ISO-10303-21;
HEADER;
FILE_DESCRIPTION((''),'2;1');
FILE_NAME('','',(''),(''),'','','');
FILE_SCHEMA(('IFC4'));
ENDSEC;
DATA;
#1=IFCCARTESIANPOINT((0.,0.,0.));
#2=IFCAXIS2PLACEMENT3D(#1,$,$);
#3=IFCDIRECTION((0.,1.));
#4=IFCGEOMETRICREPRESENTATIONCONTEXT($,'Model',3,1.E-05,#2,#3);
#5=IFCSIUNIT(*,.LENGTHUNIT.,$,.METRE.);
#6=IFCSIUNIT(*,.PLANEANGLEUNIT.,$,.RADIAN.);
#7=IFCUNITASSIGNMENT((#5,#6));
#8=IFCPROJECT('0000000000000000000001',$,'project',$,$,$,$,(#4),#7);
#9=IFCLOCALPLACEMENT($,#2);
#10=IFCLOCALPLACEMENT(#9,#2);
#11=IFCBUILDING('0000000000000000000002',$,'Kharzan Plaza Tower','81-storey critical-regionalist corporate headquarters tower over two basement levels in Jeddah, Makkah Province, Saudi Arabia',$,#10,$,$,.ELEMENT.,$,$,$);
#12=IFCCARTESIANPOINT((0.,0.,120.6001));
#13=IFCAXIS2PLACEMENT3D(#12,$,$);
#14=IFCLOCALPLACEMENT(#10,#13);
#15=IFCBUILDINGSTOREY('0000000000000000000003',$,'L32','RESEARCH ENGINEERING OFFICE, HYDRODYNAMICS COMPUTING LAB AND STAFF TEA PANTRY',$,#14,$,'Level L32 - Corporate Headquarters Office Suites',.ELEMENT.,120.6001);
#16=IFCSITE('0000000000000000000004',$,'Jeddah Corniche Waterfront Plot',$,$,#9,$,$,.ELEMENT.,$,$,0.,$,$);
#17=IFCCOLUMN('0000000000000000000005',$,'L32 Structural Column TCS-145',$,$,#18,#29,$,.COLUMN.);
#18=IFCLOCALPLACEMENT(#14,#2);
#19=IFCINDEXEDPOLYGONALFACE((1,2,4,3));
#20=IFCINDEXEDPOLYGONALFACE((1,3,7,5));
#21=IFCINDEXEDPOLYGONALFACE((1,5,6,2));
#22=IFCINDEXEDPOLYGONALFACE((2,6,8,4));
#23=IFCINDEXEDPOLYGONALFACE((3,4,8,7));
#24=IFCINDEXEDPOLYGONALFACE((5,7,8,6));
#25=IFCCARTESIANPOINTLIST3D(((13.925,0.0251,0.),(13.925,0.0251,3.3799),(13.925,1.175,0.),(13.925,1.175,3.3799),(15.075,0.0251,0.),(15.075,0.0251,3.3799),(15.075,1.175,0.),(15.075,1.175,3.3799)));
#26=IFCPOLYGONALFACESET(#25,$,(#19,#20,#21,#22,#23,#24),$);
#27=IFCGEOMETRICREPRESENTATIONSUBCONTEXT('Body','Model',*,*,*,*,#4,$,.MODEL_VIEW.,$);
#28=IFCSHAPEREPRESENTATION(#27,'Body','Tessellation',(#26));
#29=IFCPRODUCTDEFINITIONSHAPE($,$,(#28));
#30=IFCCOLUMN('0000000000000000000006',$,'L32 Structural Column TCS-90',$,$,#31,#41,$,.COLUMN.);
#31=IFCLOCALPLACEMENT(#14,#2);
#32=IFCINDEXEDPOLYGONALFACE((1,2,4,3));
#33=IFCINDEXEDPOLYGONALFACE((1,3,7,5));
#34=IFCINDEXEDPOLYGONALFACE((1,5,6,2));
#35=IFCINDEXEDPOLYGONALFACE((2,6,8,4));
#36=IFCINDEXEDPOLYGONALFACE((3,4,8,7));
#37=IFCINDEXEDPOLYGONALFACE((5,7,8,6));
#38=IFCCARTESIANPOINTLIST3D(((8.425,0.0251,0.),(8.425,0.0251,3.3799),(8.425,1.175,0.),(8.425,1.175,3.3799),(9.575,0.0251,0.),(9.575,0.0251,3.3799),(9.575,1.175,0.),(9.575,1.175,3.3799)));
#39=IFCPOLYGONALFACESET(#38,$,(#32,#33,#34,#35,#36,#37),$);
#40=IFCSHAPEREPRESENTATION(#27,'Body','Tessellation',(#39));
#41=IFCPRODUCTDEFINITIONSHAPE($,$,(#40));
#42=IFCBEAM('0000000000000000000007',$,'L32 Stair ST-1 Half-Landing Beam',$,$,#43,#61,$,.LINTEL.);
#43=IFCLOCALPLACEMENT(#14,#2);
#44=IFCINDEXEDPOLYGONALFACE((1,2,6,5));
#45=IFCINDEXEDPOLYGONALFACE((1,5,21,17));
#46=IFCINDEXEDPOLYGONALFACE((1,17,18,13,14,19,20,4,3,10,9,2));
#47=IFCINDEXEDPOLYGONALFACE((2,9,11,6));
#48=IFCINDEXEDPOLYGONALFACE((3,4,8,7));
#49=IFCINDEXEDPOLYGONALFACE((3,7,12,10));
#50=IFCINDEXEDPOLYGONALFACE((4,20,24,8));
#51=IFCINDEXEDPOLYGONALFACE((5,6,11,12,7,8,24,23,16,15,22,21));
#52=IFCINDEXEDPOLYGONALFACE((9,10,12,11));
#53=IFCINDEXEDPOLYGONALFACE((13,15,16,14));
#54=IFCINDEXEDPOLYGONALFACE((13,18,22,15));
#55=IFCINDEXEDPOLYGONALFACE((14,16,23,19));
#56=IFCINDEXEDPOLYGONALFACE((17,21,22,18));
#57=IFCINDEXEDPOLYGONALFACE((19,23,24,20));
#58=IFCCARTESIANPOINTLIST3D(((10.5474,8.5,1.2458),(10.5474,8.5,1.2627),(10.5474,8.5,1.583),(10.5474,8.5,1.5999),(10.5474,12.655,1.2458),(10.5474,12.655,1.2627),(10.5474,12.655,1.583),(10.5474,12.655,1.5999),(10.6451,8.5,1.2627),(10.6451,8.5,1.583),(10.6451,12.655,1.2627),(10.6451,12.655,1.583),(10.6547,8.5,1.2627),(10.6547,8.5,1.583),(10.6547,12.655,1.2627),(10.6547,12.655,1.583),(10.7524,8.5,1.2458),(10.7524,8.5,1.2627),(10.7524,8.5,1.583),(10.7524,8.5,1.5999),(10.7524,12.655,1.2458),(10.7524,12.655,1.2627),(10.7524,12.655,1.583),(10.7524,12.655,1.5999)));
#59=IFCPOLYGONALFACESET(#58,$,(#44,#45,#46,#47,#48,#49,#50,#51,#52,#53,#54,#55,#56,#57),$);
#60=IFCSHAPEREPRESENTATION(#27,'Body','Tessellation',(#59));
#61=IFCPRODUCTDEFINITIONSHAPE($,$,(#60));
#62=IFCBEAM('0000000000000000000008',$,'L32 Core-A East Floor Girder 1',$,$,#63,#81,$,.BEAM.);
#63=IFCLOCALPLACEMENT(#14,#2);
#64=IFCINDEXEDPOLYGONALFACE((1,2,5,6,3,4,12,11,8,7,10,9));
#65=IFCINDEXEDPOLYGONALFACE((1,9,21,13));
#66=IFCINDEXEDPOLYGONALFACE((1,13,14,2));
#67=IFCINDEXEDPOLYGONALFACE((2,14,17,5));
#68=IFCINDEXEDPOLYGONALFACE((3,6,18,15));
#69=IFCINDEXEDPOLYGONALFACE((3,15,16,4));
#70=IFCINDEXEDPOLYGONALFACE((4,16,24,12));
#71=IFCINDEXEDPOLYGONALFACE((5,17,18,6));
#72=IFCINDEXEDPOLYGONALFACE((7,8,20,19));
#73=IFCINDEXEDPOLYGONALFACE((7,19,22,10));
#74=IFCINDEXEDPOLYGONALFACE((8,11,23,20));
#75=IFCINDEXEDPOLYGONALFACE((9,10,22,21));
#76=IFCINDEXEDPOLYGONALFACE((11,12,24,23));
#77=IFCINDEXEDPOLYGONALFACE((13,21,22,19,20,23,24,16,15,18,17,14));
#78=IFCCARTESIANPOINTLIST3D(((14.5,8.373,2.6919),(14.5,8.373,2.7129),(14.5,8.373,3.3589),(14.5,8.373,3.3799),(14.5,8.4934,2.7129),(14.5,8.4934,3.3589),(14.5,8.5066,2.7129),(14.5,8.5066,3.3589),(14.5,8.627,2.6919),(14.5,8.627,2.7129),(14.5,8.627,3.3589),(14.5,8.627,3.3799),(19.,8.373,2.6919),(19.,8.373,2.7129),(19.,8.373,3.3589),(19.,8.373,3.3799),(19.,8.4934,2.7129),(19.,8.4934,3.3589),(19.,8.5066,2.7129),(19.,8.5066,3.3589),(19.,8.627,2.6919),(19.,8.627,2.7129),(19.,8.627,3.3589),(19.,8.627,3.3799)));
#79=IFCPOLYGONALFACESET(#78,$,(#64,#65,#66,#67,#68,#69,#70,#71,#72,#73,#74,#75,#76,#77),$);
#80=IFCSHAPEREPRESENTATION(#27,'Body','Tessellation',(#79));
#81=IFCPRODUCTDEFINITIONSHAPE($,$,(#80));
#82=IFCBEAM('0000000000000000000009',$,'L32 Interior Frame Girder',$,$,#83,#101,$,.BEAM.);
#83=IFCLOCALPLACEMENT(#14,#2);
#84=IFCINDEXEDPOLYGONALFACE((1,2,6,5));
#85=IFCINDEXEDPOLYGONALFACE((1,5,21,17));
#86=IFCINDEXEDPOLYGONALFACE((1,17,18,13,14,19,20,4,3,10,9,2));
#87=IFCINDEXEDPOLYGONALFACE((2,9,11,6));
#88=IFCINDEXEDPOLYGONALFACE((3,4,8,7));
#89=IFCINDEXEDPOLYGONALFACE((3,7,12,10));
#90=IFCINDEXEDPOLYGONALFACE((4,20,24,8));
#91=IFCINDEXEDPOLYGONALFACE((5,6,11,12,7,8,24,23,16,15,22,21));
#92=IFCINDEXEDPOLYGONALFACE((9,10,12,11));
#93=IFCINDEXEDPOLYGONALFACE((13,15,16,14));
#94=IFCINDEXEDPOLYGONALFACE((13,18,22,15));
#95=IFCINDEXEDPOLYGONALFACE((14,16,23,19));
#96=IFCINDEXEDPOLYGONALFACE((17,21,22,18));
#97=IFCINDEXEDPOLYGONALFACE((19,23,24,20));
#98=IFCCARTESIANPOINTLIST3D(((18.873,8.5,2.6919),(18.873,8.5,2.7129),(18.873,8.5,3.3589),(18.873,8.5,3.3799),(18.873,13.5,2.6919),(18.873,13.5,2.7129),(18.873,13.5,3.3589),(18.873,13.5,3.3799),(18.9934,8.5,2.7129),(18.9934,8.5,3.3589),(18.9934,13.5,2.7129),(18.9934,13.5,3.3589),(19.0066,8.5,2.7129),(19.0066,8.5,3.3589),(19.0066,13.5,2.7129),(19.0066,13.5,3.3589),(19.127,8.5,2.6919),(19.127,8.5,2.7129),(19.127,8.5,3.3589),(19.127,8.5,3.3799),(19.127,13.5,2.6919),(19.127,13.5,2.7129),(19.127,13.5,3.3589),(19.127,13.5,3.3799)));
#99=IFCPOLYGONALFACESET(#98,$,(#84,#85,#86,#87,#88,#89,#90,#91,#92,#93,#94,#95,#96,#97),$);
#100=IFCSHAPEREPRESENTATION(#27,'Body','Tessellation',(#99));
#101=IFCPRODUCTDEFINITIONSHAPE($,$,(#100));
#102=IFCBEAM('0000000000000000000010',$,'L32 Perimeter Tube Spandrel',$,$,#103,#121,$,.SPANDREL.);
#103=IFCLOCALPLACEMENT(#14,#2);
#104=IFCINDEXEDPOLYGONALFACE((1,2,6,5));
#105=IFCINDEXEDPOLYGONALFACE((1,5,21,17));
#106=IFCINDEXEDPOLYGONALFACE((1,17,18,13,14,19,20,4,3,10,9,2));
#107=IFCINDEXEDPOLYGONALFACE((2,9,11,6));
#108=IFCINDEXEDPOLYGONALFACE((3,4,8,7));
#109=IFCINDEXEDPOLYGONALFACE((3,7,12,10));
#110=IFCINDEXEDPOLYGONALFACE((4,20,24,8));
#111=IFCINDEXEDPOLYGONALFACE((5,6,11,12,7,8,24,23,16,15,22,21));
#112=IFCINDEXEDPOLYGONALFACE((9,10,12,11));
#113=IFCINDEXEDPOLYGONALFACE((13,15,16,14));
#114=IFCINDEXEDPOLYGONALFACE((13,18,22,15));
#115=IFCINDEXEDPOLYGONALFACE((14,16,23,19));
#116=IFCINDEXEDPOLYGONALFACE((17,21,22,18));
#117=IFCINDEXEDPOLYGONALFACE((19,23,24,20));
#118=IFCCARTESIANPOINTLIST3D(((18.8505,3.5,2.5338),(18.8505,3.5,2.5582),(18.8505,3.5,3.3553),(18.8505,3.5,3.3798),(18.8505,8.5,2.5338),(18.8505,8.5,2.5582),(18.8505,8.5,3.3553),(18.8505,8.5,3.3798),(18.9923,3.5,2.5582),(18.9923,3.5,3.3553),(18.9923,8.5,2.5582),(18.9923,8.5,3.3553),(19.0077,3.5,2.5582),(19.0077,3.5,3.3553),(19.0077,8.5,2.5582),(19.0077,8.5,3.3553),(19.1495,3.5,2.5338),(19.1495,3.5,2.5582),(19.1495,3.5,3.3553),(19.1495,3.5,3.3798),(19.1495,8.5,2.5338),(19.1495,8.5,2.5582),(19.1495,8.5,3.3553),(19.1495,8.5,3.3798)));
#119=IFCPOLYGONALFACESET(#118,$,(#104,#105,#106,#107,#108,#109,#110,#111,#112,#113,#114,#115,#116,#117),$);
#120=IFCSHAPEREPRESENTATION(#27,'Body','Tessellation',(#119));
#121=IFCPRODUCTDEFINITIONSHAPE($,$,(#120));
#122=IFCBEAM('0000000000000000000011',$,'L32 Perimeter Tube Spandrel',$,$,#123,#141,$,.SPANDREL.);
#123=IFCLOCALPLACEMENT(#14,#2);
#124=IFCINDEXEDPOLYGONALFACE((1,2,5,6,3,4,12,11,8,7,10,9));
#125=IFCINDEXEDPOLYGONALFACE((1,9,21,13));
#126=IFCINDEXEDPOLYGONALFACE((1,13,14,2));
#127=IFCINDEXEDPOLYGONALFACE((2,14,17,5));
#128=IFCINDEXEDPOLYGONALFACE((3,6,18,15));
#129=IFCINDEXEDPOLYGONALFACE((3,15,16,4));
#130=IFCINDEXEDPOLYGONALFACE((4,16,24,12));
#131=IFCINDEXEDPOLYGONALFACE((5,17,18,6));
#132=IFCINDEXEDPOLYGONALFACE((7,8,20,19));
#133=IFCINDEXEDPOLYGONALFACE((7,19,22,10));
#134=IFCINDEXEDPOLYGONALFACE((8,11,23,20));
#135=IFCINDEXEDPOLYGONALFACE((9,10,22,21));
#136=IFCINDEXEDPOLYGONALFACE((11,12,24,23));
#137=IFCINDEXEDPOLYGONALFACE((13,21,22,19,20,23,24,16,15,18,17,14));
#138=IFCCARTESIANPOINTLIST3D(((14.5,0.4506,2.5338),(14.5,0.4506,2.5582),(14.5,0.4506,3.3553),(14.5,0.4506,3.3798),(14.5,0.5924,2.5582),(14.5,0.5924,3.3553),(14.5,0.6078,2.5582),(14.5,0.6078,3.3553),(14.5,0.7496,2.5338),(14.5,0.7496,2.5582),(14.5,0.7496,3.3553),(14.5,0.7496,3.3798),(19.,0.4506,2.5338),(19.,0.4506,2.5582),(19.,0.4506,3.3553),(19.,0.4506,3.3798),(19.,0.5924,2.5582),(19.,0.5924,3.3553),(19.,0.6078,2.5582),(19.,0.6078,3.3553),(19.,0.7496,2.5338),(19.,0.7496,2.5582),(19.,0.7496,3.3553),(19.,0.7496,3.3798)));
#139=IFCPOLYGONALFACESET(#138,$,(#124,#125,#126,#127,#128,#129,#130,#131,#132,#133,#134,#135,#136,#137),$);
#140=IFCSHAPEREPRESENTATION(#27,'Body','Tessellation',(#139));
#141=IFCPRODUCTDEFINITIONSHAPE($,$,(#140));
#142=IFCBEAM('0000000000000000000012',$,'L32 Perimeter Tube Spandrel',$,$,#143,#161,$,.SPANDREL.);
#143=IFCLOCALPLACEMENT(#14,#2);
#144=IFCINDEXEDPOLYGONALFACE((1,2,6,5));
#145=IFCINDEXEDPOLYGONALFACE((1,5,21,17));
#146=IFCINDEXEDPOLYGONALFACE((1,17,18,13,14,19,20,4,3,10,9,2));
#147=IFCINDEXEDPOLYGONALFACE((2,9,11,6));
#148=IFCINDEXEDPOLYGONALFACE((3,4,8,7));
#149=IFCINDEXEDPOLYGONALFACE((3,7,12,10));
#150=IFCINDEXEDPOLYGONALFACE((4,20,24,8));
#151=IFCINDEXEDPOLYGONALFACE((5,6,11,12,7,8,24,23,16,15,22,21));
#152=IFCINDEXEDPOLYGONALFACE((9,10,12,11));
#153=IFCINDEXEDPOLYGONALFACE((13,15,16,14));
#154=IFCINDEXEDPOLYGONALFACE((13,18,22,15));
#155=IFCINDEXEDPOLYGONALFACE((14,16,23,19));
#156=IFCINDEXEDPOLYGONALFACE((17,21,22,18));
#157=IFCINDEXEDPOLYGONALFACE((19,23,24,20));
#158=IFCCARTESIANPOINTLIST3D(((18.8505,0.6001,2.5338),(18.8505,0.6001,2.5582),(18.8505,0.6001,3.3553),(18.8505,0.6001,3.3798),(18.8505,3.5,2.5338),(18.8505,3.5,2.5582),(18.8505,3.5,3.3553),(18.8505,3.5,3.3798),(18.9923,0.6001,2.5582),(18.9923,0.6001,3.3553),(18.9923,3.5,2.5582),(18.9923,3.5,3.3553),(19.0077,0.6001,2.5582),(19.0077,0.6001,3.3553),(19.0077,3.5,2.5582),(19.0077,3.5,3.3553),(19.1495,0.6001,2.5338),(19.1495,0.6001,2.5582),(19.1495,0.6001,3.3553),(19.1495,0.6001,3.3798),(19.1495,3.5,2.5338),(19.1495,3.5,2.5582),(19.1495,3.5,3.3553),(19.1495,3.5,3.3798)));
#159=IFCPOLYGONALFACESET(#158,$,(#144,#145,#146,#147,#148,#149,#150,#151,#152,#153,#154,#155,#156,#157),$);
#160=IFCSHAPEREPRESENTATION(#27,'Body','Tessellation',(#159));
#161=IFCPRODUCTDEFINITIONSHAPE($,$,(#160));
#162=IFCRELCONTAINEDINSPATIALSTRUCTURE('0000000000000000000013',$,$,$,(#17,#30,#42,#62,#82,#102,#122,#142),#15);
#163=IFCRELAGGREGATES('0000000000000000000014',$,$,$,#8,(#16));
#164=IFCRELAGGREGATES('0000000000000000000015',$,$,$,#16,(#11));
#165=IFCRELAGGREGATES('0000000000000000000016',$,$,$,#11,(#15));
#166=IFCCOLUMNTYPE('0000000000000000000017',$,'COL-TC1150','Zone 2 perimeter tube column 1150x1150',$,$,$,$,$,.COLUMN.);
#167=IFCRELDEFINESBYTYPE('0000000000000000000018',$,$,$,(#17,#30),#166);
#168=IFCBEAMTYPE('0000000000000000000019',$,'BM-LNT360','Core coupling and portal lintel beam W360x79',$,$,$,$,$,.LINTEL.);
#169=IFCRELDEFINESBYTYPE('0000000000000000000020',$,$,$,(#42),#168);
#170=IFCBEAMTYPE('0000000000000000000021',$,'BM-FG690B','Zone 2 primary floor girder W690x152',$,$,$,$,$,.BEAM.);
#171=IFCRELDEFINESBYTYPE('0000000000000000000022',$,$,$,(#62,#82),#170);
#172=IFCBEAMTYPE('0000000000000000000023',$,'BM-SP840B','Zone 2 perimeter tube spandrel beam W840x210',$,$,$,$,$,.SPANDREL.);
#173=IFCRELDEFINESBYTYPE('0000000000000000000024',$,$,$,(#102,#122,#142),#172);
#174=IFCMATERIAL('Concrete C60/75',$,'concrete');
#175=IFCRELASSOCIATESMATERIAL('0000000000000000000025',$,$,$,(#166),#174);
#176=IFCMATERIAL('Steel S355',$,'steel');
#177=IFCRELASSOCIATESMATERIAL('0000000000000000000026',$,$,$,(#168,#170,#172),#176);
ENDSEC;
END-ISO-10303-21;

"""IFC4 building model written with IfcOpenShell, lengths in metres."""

from ifc_helpers import new_model, si_unit, direction, frame, origin, origin_2d, place, context, subcontext, project, spatial, rectangle, i_section, extrude, source, transform, mapped, material, material_profile, profile_set, type_object, element, save


model = new_model("IFC4")

# Units and contexts
model_context = context("Model", 3, precision=1e-05, world=origin(), true_north=direction((0.0, 1.0)))
body_context = subcontext(model_context, "Body", "Model", "MODEL_VIEW")
ifc_project = project(units=[si_unit("LENGTHUNIT", "METRE"), si_unit("PLANEANGLEUNIT", "RADIAN")], contexts=[model_context])

# Site, building, storey
site_placement = place(None, origin())
site = spatial("IfcSite", under=ifc_project, at=site_placement, Name="Jeddah Corniche Waterfront Plot", CompositionType="ELEMENT", RefElevation=0.0)
building_placement = place(site_placement, origin())
building = spatial("IfcBuilding", under=site, at=building_placement, Name="Kharzan Plaza Tower", Description="81-storey critical-regionalist corporate headquarters tower over two basement levels in Jeddah, Makkah Province, Saudi Arabia", CompositionType="ELEMENT")
storey_placement = place(building_placement, frame((0.0, 0.0, 120.6001)))
storey = spatial("IfcBuildingStorey", under=building, at=storey_placement, Name="L32", Description="RESEARCH ENGINEERING OFFICE, HYDRODYNAMICS COMPUTING LAB AND STAFF TEA PANTRY", LongName="Level L32 - Corporate Headquarters Office Suites", CompositionType="ELEMENT", Elevation=120.6001)

# Columns
ifc_material_1 = material(Name="Concrete C60/75", Category="concrete")
ifc_material_profile_1 = material_profile(ifc_material_1, rectangle(XDim=1.1499, YDim=1.1499, at=origin_2d()), Name="RC-TC1150x1150")
ifc_profile_set_1 = profile_set([ifc_material_profile_1], Name="Concrete C60/75")
column_type = type_object("IfcColumnType", Name="COL-TC1150", Description="Zone 2 perimeter tube column 1150x1150", PredefinedType="COLUMN", material=ifc_profile_set_1)
shared_shape_1 = source(origin(), body_context, "Body", "SweptSolid", [
    extrude(rectangle(XDim=1.1499, YDim=1.1499, at=origin_2d()), origin(), (0.0, 0.0, 1.0), 3.3799),
])
for number, where, z_axis, x_axis, name in (
    (1, (14.5, 0.6001, 0.0), (0.0, 0.0, 1.0), (1.0, 0.0, 0.0), "L32 Structural Column TCS-145"),
    (2, (9.0, 0.6001, 0.0), (0.0, 0.0, 1.0), (1.0, 0.0, 0.0), "L32 Structural Column TCS-90"),
):
    element("IfcColumn", number, at=place(storey_placement, frame(where, z_axis=z_axis, x_axis=x_axis)), inside=storey, type_object=column_type, Name=name, PredefinedType="COLUMN", context=body_context, shape_type="MappedRepresentation", body=[
        mapped(shared_shape_1, transform((0.0, 0.0, 0.0), x_axis=(1.0, 0.0, 0.0), y_axis=(0.0, 1.0, 0.0), z_axis=(0.0, 0.0, 1.0))),
    ])

# Beams
ifc_material_2 = material(Name="Steel S355", Category="steel")
ifc_material_profile_2 = material_profile(ifc_material_2, i_section(OverallWidth=0.2051, OverallDepth=0.354, WebThickness=0.0095, FlangeThickness=0.0168, at=origin_2d()), Name="W360x79")
ifc_profile_set_2 = profile_set([ifc_material_profile_2], Name="Steel S355")
beam_type_1 = type_object("IfcBeamType", Name="BM-LNT360", Description="Core coupling and portal lintel beam W360x79", PredefinedType="LINTEL", material=ifc_profile_set_2)
shared_shape_2 = source(origin(), body_context, "Body", "SweptSolid", [
    extrude(i_section(OverallWidth=0.2051, OverallDepth=0.354, WebThickness=0.0095, FlangeThickness=0.0168, at=origin_2d()), origin(), (0.0, 0.0, 1.0), 4.155),
])
beam_1_placement = place(storey_placement, frame((10.6499, 8.5, 1.4229), z_axis=(0.0, 1.0, 0.0), x_axis=(-1.0, 0.0, 0.0)))
element("IfcBeam", 3, at=beam_1_placement, inside=storey, type_object=beam_type_1, Name="L32 Stair ST-1 Half-Landing Beam", PredefinedType="LINTEL", context=body_context, shape_type="MappedRepresentation", body=[
    mapped(shared_shape_2, transform((0.0, 0.0, 0.0), x_axis=(1.0, 0.0, 0.0), y_axis=(0.0, 1.0, 0.0), z_axis=(0.0, 0.0, 1.0))),
])
ifc_material_profile_3 = material_profile(ifc_material_2, i_section(OverallWidth=0.2539, OverallDepth=0.688, WebThickness=0.0132, FlangeThickness=0.021, at=origin_2d()), Name="W690x152")
ifc_profile_set_3 = profile_set([ifc_material_profile_3], Name="Steel S355")
beam_type_2 = type_object("IfcBeamType", Name="BM-FG690B", Description="Zone 2 primary floor girder W690x152", PredefinedType="BEAM", material=ifc_profile_set_3)
shared_shape_3 = source(origin(), body_context, "Body", "SweptSolid", [
    extrude(i_section(OverallWidth=0.2539, OverallDepth=0.688, WebThickness=0.0132, FlangeThickness=0.021, at=origin_2d()), origin(), (0.0, 0.0, 1.0), 4.5),
])
beam_2_placement = place(storey_placement, frame((14.5, 8.5, 3.0359), z_axis=(1.0, 0.0, 0.0), x_axis=(0.0, 1.0, 0.0)))
element("IfcBeam", 4, at=beam_2_placement, inside=storey, type_object=beam_type_2, Name="L32 Core-A East Floor Girder 1", PredefinedType="BEAM", context=body_context, shape_type="MappedRepresentation", body=[
    mapped(shared_shape_3, transform((0.0, 0.0, 0.0), x_axis=(1.0, 0.0, 0.0), y_axis=(0.0, 1.0, 0.0), z_axis=(0.0, 0.0, 1.0))),
])
shared_shape_4 = source(origin(), body_context, "Body", "SweptSolid", [
    extrude(i_section(OverallWidth=0.2539, OverallDepth=0.688, WebThickness=0.0132, FlangeThickness=0.021, at=origin_2d()), origin(), (0.0, 0.0, 1.0), 5.0),
])
beam_3_placement = place(storey_placement, frame((19.0, 8.5, 3.0359), z_axis=(0.0, 1.0, 0.0), x_axis=(-1.0, 0.0, 0.0)))
element("IfcBeam", 5, at=beam_3_placement, inside=storey, type_object=beam_type_2, Name="L32 Interior Frame Girder", PredefinedType="BEAM", context=body_context, shape_type="MappedRepresentation", body=[
    mapped(shared_shape_4, transform((0.0, 0.0, 0.0), x_axis=(1.0, 0.0, 0.0), y_axis=(0.0, 1.0, 0.0), z_axis=(0.0, 0.0, 1.0))),
])
ifc_material_profile_4 = material_profile(ifc_material_2, i_section(OverallWidth=0.2991, OverallDepth=0.8459, WebThickness=0.0154, FlangeThickness=0.0244, at=origin_2d()), Name="W840x210")
ifc_profile_set_4 = profile_set([ifc_material_profile_4], Name="Steel S355")
beam_type_3 = type_object("IfcBeamType", Name="BM-SP840B", Description="Zone 2 perimeter tube spandrel beam W840x210", PredefinedType="SPANDREL", material=ifc_profile_set_4)
shared_shape_5 = source(origin(), body_context, "Body", "SweptSolid", [
    extrude(i_section(OverallWidth=0.2991, OverallDepth=0.8459, WebThickness=0.0154, FlangeThickness=0.0244, at=origin_2d()), origin(), (0.0, 0.0, 1.0), 5.0),
])
beam_4_placement = place(storey_placement, frame((19.0, 3.5, 2.9568), z_axis=(0.0, 1.0, 0.0), x_axis=(-1.0, 0.0, 0.0)))
element("IfcBeam", 6, at=beam_4_placement, inside=storey, type_object=beam_type_3, Name="L32 Perimeter Tube Spandrel", PredefinedType="SPANDREL", context=body_context, shape_type="MappedRepresentation", body=[
    mapped(shared_shape_5, transform((0.0, 0.0, 0.0), x_axis=(1.0, 0.0, 0.0), y_axis=(0.0, 1.0, 0.0), z_axis=(0.0, 0.0, 1.0))),
])
shared_shape_6 = source(origin(), body_context, "Body", "SweptSolid", [
    extrude(i_section(OverallWidth=0.2991, OverallDepth=0.8459, WebThickness=0.0154, FlangeThickness=0.0244, at=origin_2d()), origin(), (0.0, 0.0, 1.0), 4.5),
])
beam_5_placement = place(storey_placement, frame((14.5, 0.6001, 2.9568), z_axis=(1.0, 0.0, 0.0), x_axis=(0.0, 1.0, 0.0)))
element("IfcBeam", 7, at=beam_5_placement, inside=storey, type_object=beam_type_3, Name="L32 Perimeter Tube Spandrel", PredefinedType="SPANDREL", context=body_context, shape_type="MappedRepresentation", body=[
    mapped(shared_shape_6, transform((0.0, 0.0, 0.0), x_axis=(1.0, 0.0, 0.0), y_axis=(0.0, 1.0, 0.0), z_axis=(0.0, 0.0, 1.0))),
])
shared_shape_7 = source(origin(), body_context, "Body", "SweptSolid", [
    extrude(i_section(OverallWidth=0.2991, OverallDepth=0.8459, WebThickness=0.0154, FlangeThickness=0.0244, at=origin_2d()), origin(), (0.0, 0.0, 1.0), 2.8999),
])
beam_6_placement = place(storey_placement, frame((19.0, 0.6001, 2.9568), z_axis=(0.0, 1.0, 0.0), x_axis=(-1.0, 0.0, 0.0)))
element("IfcBeam", 8, at=beam_6_placement, inside=storey, type_object=beam_type_3, Name="L32 Perimeter Tube Spandrel", PredefinedType="SPANDREL", context=body_context, shape_type="MappedRepresentation", body=[
    mapped(shared_shape_7, transform((0.0, 0.0, 0.0), x_axis=(1.0, 0.0, 0.0), y_axis=(0.0, 1.0, 0.0), z_axis=(0.0, 0.0, 1.0))),
])

save(model, "model.ifc")
